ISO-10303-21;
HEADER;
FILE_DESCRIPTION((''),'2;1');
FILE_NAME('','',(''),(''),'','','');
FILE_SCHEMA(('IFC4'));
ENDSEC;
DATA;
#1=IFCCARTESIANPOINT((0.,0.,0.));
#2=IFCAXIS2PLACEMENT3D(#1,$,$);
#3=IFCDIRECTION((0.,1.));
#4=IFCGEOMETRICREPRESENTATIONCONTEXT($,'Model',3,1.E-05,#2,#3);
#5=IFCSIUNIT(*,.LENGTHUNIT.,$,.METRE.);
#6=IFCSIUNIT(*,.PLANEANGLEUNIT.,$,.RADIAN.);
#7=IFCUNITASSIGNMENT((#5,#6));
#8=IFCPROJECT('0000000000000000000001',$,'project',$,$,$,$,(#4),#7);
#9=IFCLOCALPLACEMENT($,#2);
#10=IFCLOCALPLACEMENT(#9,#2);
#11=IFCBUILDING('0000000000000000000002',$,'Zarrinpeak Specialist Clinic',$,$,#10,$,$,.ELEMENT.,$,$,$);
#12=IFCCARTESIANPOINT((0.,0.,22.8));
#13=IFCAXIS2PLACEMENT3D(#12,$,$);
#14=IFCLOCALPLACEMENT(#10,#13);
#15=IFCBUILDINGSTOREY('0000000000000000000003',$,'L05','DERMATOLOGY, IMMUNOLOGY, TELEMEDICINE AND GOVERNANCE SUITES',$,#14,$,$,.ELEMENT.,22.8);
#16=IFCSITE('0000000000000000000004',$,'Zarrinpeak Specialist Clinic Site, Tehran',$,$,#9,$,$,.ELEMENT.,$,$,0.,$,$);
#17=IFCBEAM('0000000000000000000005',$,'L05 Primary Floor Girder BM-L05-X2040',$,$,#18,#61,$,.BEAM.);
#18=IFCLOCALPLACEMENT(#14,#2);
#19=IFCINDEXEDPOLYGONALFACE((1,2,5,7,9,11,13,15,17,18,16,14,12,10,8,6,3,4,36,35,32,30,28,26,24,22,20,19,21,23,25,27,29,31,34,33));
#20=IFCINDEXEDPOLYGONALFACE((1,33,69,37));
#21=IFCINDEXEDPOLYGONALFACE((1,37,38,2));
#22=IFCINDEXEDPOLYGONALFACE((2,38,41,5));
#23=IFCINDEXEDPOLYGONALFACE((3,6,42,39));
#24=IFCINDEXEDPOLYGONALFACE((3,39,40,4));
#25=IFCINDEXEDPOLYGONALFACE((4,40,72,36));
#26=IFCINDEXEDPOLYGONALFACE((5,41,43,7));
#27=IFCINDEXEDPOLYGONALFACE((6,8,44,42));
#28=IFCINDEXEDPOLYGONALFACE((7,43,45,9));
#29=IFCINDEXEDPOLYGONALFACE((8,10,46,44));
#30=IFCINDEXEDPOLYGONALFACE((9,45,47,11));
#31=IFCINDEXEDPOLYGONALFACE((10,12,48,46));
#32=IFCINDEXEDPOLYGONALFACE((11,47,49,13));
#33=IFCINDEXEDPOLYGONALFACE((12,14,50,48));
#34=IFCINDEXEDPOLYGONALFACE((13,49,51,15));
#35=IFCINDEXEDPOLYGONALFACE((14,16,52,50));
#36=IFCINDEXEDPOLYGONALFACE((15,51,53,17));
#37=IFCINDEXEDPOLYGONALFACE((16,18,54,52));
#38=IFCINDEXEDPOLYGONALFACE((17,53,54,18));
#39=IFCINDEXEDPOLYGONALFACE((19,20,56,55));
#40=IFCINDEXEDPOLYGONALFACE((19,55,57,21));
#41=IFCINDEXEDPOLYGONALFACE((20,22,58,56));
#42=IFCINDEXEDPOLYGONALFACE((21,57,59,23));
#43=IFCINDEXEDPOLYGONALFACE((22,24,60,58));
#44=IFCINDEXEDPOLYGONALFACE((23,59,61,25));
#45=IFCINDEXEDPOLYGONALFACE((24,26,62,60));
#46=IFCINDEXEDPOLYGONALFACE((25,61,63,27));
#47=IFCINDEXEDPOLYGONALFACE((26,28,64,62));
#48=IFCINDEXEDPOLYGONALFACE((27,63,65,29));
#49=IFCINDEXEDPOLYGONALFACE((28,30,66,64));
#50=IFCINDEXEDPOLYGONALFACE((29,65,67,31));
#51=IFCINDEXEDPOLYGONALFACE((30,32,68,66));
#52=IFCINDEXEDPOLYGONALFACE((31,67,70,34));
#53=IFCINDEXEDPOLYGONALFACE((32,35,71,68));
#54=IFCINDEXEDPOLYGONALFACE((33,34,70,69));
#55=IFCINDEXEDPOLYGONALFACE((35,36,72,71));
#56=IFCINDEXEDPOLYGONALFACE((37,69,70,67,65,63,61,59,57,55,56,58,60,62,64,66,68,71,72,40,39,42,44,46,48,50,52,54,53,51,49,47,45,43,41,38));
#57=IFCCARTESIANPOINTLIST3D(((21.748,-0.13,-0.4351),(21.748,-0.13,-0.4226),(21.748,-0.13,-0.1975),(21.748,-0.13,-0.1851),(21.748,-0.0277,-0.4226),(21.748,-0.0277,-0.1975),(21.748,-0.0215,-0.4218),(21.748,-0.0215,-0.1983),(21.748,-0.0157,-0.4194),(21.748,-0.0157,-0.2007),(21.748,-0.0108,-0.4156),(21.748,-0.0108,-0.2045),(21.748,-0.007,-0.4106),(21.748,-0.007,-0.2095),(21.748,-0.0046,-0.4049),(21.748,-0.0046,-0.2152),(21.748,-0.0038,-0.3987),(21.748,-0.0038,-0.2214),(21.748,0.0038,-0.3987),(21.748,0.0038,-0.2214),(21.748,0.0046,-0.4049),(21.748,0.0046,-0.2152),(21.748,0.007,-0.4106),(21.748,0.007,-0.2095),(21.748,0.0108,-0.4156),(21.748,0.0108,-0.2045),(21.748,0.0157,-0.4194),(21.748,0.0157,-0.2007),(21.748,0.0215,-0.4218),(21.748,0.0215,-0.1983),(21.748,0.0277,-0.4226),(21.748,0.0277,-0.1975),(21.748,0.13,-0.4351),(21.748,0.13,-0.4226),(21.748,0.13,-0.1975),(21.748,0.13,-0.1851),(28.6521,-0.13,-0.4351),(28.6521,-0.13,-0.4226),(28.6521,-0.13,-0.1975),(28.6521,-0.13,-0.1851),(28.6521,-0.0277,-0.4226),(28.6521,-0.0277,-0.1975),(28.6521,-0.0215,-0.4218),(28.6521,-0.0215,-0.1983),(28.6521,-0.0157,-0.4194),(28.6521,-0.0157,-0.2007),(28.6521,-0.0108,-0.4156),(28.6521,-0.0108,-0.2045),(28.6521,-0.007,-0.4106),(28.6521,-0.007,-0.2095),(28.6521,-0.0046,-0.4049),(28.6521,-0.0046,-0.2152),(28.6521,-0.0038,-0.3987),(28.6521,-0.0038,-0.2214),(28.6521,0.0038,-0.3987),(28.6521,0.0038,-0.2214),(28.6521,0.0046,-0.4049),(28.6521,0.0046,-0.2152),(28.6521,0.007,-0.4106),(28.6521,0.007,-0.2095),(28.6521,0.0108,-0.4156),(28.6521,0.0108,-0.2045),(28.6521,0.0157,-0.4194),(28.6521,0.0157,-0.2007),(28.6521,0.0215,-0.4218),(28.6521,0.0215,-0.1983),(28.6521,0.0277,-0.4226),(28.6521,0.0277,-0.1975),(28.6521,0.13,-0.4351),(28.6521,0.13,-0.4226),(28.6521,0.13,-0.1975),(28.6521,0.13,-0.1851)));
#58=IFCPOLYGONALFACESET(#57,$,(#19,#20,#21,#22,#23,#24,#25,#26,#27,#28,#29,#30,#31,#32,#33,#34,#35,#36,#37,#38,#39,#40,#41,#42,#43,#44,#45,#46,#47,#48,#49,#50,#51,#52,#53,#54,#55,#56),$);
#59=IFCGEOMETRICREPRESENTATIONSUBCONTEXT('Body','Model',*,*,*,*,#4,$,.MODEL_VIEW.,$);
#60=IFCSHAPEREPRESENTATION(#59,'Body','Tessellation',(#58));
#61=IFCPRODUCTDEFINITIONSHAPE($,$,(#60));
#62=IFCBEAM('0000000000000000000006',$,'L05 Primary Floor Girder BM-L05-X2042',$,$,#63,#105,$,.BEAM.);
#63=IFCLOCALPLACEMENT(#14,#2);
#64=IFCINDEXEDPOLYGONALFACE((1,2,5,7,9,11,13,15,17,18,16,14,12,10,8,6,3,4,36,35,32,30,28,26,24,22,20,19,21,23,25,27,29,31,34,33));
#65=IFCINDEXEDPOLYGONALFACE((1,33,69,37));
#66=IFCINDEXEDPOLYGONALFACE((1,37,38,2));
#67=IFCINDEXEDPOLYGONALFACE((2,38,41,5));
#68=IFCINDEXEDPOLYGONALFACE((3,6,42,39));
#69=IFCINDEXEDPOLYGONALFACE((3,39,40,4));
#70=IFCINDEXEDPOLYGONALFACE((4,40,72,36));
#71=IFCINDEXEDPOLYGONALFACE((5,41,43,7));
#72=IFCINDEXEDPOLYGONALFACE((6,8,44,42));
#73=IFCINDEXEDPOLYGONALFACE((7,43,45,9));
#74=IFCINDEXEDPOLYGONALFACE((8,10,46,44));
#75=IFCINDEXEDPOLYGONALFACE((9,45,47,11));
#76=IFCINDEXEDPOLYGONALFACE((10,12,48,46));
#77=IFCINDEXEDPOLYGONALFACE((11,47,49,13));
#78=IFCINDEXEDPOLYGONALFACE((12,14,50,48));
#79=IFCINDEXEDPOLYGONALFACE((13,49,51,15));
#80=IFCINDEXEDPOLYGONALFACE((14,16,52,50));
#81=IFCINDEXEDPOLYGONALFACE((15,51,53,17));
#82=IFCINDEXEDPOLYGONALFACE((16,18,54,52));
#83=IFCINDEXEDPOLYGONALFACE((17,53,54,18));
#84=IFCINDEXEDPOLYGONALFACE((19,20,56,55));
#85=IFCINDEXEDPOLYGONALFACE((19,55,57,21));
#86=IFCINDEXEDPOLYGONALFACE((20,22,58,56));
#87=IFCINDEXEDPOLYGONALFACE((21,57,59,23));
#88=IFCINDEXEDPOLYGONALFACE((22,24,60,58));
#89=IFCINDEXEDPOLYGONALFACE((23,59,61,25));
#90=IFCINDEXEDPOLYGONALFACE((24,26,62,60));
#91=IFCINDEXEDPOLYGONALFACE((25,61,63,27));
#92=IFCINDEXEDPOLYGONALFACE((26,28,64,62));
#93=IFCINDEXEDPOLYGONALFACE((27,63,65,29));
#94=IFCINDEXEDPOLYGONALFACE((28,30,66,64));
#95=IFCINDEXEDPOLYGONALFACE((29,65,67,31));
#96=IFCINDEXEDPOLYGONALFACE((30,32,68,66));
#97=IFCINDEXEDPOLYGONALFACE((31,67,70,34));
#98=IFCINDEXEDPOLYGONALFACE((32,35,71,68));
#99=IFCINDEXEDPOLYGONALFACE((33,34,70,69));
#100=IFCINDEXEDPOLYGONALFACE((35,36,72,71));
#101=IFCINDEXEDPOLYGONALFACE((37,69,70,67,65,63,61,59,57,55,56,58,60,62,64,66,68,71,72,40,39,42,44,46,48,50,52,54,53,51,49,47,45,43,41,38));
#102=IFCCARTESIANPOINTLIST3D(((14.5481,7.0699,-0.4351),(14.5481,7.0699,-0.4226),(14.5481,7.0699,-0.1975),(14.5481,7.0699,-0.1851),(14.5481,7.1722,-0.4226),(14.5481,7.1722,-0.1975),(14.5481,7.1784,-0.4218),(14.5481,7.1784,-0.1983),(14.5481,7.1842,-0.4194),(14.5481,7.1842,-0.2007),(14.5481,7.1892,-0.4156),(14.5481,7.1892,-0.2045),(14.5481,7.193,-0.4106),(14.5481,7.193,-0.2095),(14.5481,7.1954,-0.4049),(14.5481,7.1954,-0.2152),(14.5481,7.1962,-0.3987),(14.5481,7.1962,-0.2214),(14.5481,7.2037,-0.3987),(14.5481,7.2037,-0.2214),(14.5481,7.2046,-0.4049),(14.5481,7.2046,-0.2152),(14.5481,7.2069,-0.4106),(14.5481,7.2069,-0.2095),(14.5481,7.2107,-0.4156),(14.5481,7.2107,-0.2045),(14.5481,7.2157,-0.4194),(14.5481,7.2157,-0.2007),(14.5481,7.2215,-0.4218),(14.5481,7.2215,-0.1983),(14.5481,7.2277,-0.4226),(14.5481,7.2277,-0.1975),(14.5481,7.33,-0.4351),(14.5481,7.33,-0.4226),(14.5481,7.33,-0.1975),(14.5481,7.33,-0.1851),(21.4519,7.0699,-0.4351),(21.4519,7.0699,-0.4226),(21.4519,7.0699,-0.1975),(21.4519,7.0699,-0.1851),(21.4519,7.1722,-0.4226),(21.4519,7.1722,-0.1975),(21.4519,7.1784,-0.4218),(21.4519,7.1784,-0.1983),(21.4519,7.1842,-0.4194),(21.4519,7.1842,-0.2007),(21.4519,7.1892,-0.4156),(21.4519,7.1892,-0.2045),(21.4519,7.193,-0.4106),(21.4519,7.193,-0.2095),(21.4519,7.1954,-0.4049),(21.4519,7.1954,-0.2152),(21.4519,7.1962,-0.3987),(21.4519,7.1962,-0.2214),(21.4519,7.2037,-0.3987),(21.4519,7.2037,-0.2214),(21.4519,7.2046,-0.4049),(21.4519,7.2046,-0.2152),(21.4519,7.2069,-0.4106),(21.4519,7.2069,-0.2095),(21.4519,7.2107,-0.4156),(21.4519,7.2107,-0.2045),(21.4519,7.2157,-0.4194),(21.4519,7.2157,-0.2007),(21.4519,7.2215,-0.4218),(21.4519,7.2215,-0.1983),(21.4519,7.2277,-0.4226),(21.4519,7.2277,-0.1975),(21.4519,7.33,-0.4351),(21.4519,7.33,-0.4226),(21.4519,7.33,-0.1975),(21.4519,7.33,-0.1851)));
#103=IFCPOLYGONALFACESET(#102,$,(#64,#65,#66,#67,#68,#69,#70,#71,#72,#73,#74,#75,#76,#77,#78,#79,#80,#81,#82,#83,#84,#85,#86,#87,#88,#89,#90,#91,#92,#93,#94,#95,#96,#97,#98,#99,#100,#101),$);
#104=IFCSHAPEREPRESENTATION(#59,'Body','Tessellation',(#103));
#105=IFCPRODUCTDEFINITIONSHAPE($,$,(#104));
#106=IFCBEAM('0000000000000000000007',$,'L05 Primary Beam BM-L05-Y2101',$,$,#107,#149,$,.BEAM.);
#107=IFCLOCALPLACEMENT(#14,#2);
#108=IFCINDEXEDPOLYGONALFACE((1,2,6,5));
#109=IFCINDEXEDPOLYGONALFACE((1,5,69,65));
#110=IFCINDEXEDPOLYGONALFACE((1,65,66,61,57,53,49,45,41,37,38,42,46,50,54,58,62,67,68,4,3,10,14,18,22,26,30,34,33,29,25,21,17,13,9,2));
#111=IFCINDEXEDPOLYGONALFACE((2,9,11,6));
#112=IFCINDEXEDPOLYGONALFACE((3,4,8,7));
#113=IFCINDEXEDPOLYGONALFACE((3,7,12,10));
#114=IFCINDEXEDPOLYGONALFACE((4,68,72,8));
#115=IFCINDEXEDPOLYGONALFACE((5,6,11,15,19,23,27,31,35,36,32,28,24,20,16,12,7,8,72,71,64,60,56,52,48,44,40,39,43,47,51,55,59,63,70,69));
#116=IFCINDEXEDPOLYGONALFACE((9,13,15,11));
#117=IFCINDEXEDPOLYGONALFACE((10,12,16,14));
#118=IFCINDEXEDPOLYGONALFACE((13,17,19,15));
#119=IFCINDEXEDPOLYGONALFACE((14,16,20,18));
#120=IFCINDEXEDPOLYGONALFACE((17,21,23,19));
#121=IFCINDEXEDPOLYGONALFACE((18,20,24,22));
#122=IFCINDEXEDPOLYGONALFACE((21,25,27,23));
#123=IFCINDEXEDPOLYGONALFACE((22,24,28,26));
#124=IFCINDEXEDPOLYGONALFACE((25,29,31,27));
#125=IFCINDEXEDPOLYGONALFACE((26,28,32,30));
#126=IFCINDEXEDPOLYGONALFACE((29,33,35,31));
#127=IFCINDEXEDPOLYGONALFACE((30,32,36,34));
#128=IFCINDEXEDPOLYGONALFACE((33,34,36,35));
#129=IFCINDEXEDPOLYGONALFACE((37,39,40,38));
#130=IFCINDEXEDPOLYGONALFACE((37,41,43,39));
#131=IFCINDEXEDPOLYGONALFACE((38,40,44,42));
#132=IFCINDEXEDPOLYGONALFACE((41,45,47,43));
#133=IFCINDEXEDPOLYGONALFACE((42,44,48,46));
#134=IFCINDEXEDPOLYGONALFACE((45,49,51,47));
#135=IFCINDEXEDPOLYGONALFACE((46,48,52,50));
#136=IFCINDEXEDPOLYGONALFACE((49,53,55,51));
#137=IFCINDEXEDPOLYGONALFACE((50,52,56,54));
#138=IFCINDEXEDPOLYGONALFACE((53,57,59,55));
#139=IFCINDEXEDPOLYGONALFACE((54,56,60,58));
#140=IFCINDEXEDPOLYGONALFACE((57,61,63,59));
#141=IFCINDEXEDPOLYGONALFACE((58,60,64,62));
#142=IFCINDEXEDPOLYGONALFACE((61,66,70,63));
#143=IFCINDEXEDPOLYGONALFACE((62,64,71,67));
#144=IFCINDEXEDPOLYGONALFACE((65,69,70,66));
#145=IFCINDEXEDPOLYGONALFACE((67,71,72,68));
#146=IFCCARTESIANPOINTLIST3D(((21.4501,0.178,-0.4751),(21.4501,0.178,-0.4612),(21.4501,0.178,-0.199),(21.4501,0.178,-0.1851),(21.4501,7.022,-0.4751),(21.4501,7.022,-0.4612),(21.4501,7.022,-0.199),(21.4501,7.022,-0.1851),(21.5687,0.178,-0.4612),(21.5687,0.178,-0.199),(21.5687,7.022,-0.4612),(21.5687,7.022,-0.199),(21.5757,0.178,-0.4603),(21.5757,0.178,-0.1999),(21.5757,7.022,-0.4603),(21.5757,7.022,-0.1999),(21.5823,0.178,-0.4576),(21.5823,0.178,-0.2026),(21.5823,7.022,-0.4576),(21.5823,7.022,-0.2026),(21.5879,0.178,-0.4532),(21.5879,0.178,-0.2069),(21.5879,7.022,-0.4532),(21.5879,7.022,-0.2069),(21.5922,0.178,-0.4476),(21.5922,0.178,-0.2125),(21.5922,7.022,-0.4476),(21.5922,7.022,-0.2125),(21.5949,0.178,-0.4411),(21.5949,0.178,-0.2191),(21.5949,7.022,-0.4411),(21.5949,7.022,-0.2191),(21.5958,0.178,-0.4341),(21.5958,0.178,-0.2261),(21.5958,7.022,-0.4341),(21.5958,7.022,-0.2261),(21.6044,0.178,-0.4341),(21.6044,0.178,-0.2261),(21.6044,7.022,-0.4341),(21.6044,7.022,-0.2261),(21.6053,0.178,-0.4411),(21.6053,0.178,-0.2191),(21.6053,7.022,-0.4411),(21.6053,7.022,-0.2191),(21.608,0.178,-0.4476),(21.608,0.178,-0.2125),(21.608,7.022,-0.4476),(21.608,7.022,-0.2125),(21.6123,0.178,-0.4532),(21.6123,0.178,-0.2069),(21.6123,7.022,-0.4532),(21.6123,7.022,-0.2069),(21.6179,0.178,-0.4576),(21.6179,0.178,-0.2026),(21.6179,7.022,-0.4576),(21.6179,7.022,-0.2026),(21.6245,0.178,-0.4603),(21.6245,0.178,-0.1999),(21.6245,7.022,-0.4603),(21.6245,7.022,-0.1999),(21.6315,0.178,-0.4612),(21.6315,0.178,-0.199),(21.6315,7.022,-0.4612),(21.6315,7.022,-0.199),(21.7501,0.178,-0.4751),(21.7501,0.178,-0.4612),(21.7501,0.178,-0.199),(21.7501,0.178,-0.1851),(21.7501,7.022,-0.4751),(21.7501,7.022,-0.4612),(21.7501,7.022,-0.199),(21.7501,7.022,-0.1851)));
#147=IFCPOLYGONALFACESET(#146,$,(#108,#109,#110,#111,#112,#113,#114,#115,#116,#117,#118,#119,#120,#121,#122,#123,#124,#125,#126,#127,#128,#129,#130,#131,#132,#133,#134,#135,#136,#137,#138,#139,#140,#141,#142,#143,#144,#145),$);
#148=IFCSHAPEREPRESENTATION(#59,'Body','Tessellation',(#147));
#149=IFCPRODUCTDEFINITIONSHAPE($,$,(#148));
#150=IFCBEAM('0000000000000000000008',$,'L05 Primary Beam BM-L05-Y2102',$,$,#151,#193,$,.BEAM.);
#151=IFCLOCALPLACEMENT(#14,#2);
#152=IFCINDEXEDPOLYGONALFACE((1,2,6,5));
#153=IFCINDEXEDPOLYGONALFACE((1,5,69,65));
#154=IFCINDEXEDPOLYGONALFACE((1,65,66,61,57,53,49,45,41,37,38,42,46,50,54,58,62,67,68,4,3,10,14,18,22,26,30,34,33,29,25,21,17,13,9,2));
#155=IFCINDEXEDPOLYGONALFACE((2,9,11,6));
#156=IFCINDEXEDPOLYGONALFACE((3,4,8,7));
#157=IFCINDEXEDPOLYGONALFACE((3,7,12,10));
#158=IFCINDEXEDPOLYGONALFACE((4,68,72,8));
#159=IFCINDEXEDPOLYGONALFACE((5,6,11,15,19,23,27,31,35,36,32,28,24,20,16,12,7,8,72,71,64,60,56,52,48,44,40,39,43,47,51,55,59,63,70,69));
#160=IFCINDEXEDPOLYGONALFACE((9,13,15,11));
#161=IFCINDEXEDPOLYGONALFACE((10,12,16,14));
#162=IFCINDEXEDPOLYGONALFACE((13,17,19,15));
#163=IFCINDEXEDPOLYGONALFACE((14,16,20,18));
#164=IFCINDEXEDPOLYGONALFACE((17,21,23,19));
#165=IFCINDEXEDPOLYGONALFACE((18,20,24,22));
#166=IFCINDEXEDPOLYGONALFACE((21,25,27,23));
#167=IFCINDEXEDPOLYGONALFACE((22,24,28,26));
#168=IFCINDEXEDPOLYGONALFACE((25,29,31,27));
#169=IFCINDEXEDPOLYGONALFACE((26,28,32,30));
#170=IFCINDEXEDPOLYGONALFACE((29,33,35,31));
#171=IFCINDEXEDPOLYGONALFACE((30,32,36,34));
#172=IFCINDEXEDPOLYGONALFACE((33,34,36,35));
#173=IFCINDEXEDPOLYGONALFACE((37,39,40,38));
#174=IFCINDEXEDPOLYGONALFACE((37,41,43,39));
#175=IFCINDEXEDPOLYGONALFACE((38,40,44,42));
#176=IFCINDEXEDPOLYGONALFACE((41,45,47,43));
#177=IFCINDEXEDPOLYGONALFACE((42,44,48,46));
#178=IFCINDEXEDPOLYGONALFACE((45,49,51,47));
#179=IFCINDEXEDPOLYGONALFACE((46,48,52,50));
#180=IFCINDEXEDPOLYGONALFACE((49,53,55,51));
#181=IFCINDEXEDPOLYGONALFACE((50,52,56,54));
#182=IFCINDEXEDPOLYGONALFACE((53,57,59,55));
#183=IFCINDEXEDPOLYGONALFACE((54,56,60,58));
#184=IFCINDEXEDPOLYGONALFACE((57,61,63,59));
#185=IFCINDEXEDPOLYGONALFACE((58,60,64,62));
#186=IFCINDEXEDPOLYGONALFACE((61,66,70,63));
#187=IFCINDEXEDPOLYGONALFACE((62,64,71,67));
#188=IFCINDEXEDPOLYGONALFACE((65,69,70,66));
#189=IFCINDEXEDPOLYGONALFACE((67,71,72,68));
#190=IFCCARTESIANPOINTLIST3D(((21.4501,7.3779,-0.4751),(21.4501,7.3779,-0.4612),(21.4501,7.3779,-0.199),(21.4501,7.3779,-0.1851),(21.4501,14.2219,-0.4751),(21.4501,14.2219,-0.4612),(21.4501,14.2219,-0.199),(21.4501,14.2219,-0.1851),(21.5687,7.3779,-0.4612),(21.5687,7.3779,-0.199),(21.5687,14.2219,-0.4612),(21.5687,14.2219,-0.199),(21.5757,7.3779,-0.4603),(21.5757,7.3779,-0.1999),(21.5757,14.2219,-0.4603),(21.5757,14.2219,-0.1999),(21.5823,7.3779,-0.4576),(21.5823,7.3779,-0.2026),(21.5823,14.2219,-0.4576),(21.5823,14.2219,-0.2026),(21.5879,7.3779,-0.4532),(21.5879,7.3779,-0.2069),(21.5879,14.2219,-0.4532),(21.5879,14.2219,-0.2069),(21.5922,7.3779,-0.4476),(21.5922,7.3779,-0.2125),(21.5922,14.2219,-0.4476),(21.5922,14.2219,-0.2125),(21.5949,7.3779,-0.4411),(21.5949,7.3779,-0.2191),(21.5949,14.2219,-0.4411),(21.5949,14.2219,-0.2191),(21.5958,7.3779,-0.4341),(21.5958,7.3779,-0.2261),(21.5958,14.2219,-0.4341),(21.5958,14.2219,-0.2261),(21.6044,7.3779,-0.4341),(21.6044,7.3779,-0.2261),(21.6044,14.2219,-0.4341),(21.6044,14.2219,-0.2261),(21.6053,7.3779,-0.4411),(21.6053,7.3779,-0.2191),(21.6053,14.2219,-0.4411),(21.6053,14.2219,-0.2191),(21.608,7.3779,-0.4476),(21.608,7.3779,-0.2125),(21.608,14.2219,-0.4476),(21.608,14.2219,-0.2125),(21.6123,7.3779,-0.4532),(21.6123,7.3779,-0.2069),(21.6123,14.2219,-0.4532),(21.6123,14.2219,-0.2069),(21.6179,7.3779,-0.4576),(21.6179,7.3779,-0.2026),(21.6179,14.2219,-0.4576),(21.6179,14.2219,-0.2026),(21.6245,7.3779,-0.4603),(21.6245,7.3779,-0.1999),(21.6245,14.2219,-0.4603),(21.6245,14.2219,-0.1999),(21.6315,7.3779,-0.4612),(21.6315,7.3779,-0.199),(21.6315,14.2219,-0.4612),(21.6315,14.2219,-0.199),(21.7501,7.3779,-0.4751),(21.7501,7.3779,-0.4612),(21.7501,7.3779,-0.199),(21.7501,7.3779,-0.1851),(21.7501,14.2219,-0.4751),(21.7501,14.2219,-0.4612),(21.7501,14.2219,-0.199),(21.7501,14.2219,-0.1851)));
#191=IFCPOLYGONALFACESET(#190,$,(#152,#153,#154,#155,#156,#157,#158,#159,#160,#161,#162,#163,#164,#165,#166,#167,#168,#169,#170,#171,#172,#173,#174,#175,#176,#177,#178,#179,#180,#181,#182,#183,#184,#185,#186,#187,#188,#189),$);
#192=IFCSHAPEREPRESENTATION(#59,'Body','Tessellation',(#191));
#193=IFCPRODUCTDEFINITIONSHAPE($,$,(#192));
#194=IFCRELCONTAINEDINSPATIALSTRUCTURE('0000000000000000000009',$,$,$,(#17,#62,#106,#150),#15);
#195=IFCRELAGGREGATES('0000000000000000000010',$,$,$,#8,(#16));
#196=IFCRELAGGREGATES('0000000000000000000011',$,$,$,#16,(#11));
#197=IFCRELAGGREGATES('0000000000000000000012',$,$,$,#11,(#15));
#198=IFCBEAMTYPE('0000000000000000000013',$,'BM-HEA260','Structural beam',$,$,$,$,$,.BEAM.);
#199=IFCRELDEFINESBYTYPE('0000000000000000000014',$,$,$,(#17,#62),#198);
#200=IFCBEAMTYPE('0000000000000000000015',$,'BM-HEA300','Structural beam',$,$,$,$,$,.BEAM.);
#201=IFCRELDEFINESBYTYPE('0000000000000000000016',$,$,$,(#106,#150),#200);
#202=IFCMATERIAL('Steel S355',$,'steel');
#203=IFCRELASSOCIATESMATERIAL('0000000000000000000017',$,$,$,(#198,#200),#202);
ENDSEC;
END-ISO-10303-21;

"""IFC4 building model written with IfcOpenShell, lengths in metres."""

from ifc_helpers import new_model, si_unit, direction, frame, origin, origin_2d, place, context, subcontext, project, spatial, i_section, extrude, material, material_profile, profile_set, type_object, element, save


model = new_model("IFC4")

# Units and contexts
model_context = context("Model", 3, precision=1e-05, world=origin(), true_north=direction((0.0, 1.0)))
body_context = subcontext(model_context, "Body", "Model", "MODEL_VIEW")
ifc_project = project(units=[si_unit("LENGTHUNIT", "METRE"), si_unit("PLANEANGLEUNIT", "RADIAN")], contexts=[model_context])

# Site, building, storey
site_placement = place(None, origin())
site = spatial("IfcSite", under=ifc_project, at=site_placement, Name="Zarrinpeak Specialist Clinic Site, Tehran", CompositionType="ELEMENT", RefElevation=0.0)
building_placement = place(site_placement, origin())
building = spatial("IfcBuilding", under=site, at=building_placement, Name="Zarrinpeak Specialist Clinic", CompositionType="ELEMENT")
storey_placement = place(building_placement, frame((0.0, 0.0, 22.8)))
storey = spatial("IfcBuildingStorey", under=building, at=storey_placement, Name="L05", Description="DERMATOLOGY, IMMUNOLOGY, TELEMEDICINE AND GOVERNANCE SUITES", CompositionType="ELEMENT", Elevation=22.8)

# Shared definitions
ifc_material_1 = material(Name="Steel S355", Category="steel")

# Beams
ifc_material_profile_1 = material_profile(ifc_material_1, i_section(OverallWidth=0.26, OverallDepth=0.25, WebThickness=0.0076, FlangeThickness=0.0125, FilletRadius=0.0239, at=origin_2d()), Name="HEA 260")
ifc_profile_set_1 = profile_set([ifc_material_profile_1], Name="Steel S355")
beam_type_1 = type_object("IfcBeamType", Name="BM-HEA260", Description="Structural beam", PredefinedType="BEAM", material=ifc_profile_set_1)
beam_1_placement = place(storey_placement, frame((21.748, 0.0, -0.3101), z_axis=(1.0, 0.0, 0.0), x_axis=(0.0, 1.0, 0.0)))
element("IfcBeam", 1, at=beam_1_placement, inside=storey, type_object=beam_type_1, Name="L05 Primary Floor Girder BM-L05-X2040", PredefinedType="BEAM", context=body_context, shape_type="SweptSolid", body=[
    extrude(i_section(OverallWidth=0.26, OverallDepth=0.25, WebThickness=0.0076, FlangeThickness=0.0125, FilletRadius=0.0239, at=origin_2d()), origin(), (0.0, 0.0, 1.0), 6.9041),
])
beam_2_placement = place(storey_placement, frame((14.5481, 7.2, -0.3101), z_axis=(1.0, 0.0, 0.0), x_axis=(0.0, 1.0, 0.0)))
element("IfcBeam", 2, at=beam_2_placement, inside=storey, type_object=beam_type_1, Name="L05 Primary Floor Girder BM-L05-X2042", PredefinedType="BEAM", context=body_context, shape_type="SweptSolid", body=[
    extrude(i_section(OverallWidth=0.26, OverallDepth=0.25, WebThickness=0.0076, FlangeThickness=0.0125, FilletRadius=0.0239, at=origin_2d()), origin(), (0.0, 0.0, 1.0), 6.9038),
])
ifc_material_profile_2 = material_profile(ifc_material_1, i_section(OverallWidth=0.3, OverallDepth=0.29, WebThickness=0.0085, FlangeThickness=0.0139, FilletRadius=0.0271, at=origin_2d()), Name="HEA 300")
ifc_profile_set_2 = profile_set([ifc_material_profile_2], Name="Steel S355")
beam_type_2 = type_object("IfcBeamType", Name="BM-HEA300", Description="Structural beam", PredefinedType="BEAM", material=ifc_profile_set_2)
for number, where, z_axis, x_axis, name in (
    (3, (21.6001, 0.178, -0.3301), (0.0, 1.0, 0.0), (-1.0, 0.0, 0.0), "L05 Primary Beam BM-L05-Y2101"),
    (4, (21.6001, 7.3779, -0.3301), (0.0, 1.0, 0.0), (-1.0, 0.0, 0.0), "L05 Primary Beam BM-L05-Y2102"),
):
    element("IfcBeam", number, at=place(storey_placement, frame(where, z_axis=z_axis, x_axis=x_axis)), inside=storey, type_object=beam_type_2, Name=name, PredefinedType="BEAM", context=body_context, shape_type="SweptSolid", body=[
        extrude(i_section(OverallWidth=0.3, OverallDepth=0.29, WebThickness=0.0085, FlangeThickness=0.0139, FilletRadius=0.0271, at=origin_2d()), origin(), (0.0, 0.0, 1.0), 6.844),
    ])

save(model, "model.ifc")
